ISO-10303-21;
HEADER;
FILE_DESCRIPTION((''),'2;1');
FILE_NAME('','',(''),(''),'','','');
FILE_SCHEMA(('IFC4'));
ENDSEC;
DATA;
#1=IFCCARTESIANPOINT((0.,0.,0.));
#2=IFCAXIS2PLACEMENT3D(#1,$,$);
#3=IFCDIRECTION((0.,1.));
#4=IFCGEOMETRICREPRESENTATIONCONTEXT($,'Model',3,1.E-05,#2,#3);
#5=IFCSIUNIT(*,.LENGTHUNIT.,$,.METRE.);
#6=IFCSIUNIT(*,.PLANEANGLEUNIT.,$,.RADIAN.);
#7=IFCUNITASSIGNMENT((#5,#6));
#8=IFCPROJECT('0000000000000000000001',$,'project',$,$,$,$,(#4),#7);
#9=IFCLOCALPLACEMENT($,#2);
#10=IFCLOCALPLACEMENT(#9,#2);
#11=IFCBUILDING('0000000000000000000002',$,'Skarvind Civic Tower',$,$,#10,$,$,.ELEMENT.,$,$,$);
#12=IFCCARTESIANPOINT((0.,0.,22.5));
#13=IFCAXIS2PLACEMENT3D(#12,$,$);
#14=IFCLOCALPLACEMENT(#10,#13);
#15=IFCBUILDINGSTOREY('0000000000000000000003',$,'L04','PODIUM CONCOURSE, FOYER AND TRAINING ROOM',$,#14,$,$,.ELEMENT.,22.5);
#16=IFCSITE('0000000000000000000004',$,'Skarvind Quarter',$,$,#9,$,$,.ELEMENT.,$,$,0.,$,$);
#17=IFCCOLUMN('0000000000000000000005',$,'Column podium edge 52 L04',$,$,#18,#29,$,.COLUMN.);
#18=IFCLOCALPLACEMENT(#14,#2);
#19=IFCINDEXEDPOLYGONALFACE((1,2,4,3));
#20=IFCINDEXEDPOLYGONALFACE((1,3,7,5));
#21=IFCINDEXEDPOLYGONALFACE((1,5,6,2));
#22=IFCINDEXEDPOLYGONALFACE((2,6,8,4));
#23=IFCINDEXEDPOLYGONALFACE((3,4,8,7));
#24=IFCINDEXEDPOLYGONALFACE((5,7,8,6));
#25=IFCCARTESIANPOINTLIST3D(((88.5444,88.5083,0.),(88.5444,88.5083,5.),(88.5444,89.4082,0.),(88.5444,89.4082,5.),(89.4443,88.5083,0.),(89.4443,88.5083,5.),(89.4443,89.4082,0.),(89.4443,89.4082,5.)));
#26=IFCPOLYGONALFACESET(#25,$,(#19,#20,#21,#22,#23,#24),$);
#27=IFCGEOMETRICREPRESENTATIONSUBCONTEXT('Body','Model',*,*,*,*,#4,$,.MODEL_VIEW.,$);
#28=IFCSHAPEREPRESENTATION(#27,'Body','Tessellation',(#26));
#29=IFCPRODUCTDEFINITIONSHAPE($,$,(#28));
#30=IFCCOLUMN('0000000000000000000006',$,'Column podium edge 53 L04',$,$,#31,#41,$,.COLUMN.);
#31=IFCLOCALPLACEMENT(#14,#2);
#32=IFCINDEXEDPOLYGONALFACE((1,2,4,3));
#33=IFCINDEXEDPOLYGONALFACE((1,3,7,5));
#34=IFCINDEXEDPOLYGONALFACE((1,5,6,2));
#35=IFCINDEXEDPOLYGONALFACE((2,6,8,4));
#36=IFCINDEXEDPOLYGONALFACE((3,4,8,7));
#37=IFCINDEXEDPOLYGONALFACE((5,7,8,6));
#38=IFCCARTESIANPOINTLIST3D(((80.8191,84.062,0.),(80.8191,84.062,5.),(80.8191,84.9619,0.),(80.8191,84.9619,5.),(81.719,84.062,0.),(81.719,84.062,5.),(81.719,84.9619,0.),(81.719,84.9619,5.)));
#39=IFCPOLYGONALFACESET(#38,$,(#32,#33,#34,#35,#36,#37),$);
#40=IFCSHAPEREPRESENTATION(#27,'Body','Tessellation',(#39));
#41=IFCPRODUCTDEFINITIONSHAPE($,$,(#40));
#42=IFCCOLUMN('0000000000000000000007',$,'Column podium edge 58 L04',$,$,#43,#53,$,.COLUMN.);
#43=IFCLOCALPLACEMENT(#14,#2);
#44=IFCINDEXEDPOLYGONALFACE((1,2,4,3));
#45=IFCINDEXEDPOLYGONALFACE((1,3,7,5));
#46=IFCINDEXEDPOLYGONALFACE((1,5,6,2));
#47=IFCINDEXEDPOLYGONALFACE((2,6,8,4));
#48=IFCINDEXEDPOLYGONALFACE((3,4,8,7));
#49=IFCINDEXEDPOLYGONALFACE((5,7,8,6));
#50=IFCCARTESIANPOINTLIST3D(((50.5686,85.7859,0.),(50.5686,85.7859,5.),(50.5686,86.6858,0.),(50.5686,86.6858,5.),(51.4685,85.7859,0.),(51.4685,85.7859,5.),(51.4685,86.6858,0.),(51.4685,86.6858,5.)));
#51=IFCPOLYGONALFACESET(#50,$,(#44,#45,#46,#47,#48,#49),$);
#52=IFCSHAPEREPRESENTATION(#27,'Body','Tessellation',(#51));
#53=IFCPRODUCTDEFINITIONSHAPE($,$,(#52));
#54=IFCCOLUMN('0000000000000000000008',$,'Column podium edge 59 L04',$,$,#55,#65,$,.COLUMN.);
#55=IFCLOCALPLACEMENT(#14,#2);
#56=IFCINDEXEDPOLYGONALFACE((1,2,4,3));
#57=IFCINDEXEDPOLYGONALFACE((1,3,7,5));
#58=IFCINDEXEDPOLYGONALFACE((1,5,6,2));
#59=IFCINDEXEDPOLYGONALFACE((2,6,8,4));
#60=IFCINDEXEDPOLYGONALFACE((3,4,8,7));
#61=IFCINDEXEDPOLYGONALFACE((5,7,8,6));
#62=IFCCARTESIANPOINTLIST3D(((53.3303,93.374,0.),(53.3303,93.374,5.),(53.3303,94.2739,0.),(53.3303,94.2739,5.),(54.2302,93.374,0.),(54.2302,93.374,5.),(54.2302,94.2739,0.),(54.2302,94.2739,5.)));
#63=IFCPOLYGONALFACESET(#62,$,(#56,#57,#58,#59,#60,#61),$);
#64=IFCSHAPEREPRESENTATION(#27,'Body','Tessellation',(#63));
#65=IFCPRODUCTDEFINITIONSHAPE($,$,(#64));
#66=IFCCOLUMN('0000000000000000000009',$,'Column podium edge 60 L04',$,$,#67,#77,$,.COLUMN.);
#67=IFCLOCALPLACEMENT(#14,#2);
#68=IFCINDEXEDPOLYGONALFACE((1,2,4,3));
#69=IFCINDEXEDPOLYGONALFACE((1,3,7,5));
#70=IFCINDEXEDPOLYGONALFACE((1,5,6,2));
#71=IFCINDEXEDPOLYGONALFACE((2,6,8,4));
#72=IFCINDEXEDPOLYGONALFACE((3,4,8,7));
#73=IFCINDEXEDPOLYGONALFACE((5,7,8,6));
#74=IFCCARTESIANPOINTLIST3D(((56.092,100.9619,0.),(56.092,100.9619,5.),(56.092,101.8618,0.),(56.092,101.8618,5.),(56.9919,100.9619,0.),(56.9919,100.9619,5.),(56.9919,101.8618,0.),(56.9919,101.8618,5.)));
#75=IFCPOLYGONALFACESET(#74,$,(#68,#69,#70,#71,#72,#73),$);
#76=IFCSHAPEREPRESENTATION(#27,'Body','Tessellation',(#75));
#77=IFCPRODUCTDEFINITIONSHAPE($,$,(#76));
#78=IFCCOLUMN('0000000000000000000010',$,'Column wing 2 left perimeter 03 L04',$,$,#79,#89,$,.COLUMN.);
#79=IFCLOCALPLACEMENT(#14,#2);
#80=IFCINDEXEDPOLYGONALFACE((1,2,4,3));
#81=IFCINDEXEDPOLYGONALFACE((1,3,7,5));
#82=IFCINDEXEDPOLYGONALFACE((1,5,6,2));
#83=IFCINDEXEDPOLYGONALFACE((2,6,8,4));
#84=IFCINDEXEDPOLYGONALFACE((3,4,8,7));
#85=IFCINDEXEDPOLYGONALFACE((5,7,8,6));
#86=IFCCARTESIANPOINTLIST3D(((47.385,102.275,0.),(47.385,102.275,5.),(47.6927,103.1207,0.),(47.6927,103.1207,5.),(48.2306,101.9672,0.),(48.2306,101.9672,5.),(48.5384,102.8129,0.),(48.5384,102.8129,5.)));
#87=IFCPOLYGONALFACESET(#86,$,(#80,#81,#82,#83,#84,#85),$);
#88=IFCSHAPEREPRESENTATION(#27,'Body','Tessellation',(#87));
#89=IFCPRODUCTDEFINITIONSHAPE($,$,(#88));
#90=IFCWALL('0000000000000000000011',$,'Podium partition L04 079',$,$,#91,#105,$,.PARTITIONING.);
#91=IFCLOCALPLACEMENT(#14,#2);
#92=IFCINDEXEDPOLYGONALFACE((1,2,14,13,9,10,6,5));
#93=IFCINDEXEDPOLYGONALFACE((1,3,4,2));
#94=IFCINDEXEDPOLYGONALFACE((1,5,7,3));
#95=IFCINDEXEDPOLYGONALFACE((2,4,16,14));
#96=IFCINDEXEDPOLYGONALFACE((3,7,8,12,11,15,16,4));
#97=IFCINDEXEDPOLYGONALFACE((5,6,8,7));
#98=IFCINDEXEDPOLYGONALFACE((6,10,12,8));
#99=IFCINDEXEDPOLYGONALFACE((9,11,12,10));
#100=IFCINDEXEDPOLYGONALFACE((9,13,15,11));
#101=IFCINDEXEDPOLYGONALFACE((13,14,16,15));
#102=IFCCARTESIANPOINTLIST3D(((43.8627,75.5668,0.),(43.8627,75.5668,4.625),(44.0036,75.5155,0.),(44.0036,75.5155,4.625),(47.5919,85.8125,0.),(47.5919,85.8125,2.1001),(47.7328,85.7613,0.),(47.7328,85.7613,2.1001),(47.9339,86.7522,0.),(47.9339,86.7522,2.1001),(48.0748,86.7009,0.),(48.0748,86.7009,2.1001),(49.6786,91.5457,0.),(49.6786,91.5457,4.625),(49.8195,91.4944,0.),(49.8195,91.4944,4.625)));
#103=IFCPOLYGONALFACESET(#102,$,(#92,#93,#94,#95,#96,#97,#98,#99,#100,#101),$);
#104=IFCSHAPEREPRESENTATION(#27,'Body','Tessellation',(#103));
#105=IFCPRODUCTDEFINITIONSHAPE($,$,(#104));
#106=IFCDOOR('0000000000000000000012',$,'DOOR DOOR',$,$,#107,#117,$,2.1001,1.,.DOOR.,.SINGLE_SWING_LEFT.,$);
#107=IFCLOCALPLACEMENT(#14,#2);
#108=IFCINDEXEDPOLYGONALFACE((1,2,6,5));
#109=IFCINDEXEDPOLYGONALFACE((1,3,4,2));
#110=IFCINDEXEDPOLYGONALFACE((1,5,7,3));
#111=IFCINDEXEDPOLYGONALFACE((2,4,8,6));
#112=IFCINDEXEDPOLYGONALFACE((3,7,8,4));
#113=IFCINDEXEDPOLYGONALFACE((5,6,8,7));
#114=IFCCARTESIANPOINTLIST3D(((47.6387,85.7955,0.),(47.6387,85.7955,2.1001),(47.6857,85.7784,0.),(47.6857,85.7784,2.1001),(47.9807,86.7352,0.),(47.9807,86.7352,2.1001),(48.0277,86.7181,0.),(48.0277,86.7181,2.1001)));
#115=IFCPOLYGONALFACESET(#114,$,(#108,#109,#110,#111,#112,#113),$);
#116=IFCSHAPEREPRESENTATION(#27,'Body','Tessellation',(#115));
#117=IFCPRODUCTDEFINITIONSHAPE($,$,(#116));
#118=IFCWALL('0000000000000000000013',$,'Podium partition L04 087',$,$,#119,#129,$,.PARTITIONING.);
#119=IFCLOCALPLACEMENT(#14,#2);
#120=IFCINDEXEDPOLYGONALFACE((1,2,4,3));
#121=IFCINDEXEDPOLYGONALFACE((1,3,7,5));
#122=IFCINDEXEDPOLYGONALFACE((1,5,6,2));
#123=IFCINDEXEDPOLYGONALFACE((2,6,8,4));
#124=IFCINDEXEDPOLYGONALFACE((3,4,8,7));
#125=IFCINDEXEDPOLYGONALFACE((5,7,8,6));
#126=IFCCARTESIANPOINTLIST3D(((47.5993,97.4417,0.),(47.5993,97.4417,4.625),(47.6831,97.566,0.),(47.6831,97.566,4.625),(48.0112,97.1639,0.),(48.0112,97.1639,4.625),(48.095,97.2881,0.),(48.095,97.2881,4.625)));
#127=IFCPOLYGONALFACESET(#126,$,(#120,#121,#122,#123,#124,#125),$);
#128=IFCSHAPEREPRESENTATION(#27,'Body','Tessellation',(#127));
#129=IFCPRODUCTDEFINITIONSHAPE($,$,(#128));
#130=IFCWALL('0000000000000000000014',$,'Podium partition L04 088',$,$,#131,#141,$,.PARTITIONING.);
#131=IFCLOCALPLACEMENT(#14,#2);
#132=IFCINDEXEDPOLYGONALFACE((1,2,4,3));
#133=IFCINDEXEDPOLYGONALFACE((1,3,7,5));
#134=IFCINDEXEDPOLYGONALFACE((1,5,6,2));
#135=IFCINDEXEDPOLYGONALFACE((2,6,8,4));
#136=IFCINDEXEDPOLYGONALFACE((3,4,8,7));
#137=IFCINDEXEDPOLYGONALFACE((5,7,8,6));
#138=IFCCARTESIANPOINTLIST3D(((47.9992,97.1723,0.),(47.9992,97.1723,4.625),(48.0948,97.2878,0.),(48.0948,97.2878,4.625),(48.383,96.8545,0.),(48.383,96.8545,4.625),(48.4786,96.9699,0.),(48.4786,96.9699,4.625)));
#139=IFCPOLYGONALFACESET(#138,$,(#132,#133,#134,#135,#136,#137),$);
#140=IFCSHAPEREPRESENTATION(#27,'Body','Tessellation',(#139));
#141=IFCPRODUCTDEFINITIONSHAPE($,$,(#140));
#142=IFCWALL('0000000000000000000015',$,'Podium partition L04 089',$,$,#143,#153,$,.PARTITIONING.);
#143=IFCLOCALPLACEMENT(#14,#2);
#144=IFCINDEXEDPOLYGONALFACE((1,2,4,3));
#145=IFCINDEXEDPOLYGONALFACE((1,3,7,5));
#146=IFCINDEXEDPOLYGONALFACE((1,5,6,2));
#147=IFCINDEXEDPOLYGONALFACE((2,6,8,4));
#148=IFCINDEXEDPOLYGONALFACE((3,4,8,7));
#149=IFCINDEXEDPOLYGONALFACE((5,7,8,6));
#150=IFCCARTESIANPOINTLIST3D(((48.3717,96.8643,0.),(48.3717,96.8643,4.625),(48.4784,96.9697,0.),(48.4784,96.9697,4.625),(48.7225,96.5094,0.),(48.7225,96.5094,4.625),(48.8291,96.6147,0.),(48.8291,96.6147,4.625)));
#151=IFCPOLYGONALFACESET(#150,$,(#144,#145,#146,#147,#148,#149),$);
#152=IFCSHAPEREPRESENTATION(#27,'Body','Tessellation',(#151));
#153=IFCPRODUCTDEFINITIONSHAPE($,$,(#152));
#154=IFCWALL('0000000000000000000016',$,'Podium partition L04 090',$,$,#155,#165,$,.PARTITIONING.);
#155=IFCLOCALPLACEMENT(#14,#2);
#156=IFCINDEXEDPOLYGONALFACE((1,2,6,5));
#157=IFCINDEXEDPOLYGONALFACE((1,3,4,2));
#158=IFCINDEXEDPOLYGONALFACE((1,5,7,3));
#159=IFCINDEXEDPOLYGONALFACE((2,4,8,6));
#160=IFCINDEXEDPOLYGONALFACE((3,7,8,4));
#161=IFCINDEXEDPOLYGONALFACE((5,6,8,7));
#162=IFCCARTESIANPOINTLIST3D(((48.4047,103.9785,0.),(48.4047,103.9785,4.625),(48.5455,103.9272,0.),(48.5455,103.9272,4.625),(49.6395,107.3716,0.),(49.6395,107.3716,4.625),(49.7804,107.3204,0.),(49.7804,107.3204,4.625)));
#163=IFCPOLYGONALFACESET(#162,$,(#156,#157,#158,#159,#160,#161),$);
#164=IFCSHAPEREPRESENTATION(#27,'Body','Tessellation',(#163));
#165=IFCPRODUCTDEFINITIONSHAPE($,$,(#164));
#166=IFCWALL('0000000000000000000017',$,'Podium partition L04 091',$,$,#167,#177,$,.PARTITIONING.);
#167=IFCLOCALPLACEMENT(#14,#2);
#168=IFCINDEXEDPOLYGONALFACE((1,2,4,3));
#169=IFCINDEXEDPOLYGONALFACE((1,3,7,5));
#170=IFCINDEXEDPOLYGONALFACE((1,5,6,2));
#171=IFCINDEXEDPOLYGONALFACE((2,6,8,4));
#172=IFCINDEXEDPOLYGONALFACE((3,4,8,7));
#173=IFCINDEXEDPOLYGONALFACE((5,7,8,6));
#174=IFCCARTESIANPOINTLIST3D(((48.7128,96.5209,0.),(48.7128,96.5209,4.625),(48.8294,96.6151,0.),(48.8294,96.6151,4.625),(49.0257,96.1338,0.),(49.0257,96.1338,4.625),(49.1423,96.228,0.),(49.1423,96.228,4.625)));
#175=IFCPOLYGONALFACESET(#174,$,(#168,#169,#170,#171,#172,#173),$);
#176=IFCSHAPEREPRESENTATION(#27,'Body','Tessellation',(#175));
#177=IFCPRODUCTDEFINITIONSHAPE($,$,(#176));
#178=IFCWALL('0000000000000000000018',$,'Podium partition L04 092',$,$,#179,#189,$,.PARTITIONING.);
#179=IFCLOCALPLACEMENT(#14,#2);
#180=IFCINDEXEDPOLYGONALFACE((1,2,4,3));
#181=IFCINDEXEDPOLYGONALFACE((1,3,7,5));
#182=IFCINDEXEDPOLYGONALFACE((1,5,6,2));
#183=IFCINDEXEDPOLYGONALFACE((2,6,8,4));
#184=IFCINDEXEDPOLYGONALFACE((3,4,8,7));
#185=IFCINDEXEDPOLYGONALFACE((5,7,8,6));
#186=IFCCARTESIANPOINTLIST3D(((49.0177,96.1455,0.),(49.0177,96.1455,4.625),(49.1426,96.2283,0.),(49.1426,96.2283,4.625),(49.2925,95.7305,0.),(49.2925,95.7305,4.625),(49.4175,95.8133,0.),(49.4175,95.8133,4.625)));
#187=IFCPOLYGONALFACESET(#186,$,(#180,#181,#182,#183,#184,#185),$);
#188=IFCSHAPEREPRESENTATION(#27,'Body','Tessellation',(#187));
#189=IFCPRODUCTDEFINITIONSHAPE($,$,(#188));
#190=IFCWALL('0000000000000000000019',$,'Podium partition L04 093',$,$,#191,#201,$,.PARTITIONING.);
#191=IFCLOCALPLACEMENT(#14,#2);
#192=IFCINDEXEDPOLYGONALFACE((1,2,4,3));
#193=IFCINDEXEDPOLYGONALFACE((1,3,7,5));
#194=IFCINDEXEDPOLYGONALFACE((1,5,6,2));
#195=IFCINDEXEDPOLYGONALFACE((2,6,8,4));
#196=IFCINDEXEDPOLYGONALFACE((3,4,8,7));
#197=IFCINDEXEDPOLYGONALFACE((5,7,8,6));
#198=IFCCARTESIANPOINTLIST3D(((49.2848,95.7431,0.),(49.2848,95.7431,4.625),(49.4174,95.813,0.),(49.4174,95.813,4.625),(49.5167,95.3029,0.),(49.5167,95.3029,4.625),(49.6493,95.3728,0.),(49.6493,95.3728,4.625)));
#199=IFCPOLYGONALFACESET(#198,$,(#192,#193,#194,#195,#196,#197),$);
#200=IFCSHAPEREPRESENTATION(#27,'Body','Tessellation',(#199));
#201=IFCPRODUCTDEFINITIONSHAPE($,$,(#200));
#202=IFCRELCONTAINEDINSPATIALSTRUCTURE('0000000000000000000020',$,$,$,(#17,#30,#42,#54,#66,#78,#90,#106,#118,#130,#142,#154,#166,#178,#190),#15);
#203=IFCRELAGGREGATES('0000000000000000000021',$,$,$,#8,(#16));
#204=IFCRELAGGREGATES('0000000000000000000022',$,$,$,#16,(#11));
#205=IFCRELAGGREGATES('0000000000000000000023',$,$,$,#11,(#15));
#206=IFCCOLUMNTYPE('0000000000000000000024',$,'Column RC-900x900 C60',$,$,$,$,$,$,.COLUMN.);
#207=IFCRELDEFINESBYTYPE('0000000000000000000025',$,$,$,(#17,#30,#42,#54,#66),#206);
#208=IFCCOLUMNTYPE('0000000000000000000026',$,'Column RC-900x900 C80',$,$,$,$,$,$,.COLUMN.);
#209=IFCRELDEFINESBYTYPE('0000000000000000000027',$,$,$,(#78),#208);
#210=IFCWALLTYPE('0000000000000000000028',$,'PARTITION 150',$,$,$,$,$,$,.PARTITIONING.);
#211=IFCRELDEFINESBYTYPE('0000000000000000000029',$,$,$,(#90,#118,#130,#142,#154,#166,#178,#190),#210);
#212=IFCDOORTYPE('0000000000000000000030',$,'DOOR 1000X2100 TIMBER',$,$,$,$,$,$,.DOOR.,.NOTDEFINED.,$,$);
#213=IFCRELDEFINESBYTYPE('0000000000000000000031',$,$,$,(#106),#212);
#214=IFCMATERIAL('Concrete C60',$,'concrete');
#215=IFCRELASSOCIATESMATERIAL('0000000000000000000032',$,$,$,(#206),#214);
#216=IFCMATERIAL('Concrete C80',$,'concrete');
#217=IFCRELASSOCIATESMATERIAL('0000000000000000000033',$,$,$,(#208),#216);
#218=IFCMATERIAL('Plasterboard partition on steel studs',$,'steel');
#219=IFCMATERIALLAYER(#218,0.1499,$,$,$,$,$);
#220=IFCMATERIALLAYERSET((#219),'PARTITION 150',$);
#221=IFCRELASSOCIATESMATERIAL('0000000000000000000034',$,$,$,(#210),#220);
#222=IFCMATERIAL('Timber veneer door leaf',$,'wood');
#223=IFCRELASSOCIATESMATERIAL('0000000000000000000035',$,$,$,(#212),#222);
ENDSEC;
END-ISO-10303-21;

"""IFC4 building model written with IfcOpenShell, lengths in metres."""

from ifc_helpers import new_model, si_unit, direction, frame, frame_2d, origin, origin_2d, place, context, subcontext, project, spatial, rectangle, extrude, material, layer, layer_set, material_profile, profile_set, type_object, element, fill, save


model = new_model("IFC4")

# Units and contexts
model_context = context("Model", 3, precision=1e-05, world=origin(), true_north=direction((0.0, 1.0)))
body_context = subcontext(model_context, "Body", "Model", "MODEL_VIEW")
ifc_project = project(units=[si_unit("LENGTHUNIT", "METRE"), si_unit("PLANEANGLEUNIT", "RADIAN")], contexts=[model_context])

# Site, building, storey
site_placement = place(None, origin())
site = spatial("IfcSite", under=ifc_project, at=site_placement, Name="Skarvind Quarter", CompositionType="ELEMENT", RefElevation=0.0)
building_placement = place(site_placement, origin())
building = spatial("IfcBuilding", under=site, at=building_placement, Name="Skarvind Civic Tower", CompositionType="ELEMENT")
storey_placement = place(building_placement, frame((0.0, 0.0, 22.5)))
storey = spatial("IfcBuildingStorey", under=building, at=storey_placement, Name="L04", Description="PODIUM CONCOURSE, FOYER AND TRAINING ROOM", CompositionType="ELEMENT", Elevation=22.5)

# Columns
ifc_material_1 = material(Name="Concrete C60", Category="concrete")
ifc_material_profile_1 = material_profile(ifc_material_1, rectangle(XDim=0.8999, YDim=0.8999, at=origin_2d()), Name="RC-900x900")
ifc_profile_set_1 = profile_set([ifc_material_profile_1], Name="Concrete C60")
column_type_1 = type_object("IfcColumnType", Name="Column RC-900x900 C60", PredefinedType="COLUMN", material=ifc_profile_set_1)
for number, where, z_axis, x_axis, name in (
    (1, (88.9944, 88.9583, 0.0), (0.0, 0.0, 1.0), (1.0, 0.0, 0.0), "Column podium edge 52 L04"),
    (2, (81.269, 84.512, 0.0), (0.0, 0.0, 1.0), (1.0, 0.0, 0.0), "Column podium edge 53 L04"),
    (3, (51.0186, 86.2358, 0.0), (0.0, 0.0, 1.0), (1.0, 0.0, 0.0), "Column podium edge 58 L04"),
    (4, (53.7803, 93.824, 0.0), (0.0, 0.0, 1.0), (1.0, 0.0, 0.0), "Column podium edge 59 L04"),
    (5, (56.542, 101.4119, 0.0), (0.0, 0.0, 1.0), (1.0, 0.0, 0.0), "Column podium edge 60 L04"),
):
    element("IfcColumn", number, at=place(storey_placement, frame(where, z_axis=z_axis, x_axis=x_axis)), inside=storey, type_object=column_type_1, Name=name, PredefinedType="COLUMN", context=body_context, shape_type="SweptSolid", body=[
        extrude(rectangle(XDim=0.8999, YDim=0.8999, at=origin_2d()), origin(), (0.0, 0.0, 1.0), 5.0),
    ])
ifc_material_2 = material(Name="Concrete C80", Category="concrete")
ifc_material_profile_2 = material_profile(ifc_material_2, rectangle(XDim=0.8999, YDim=0.8999, at=origin_2d()), Name="RC-900x900")
ifc_profile_set_2 = profile_set([ifc_material_profile_2], Name="Concrete C80")
column_type_2 = type_object("IfcColumnType", Name="Column RC-900x900 C80", PredefinedType="COLUMN", material=ifc_profile_set_2)
column_placement = place(storey_placement, frame((47.9617, 102.5439, 0.0), z_axis=(0.0, 0.0, 1.0), x_axis=(-0.34202, -0.939693, 0.0)))
element("IfcColumn", 6, at=column_placement, inside=storey, type_object=column_type_2, Name="Column wing 2 left perimeter 03 L04", PredefinedType="COLUMN", context=body_context, shape_type="SweptSolid", body=[
    extrude(rectangle(XDim=0.8999, YDim=0.8999, at=origin_2d()), origin(), (0.0, 0.0, 1.0), 5.0),
])

# Wall, opening, door
ifc_material_3 = material(Name="Plasterboard partition on steel studs", Category="steel")
ifc_layer = layer(ifc_material_3, 0.1499)
ifc_layer_set = layer_set([ifc_layer], Name="PARTITION 150")
wall_type = type_object("IfcWallType", Name="PARTITION 150", PredefinedType="PARTITIONING", material=ifc_layer_set)
wall_1_placement = place(storey_placement, frame((49.749, 91.52, 0.0), z_axis=(0.0, 0.0, 1.0), x_axis=(-0.342022, -0.939692, 0.0)))
wall_1 = element("IfcWall", 7, at=wall_1_placement, inside=storey, type_object=wall_type, Name="Podium partition L04 079", PredefinedType="PARTITIONING", context=body_context, shape_type="SweptSolid", body=[
    extrude(rectangle(XDim=17.0044, YDim=0.1499, at=frame_2d((8.5022, 0.0))), origin(), (0.0, 0.0, 1.0), 4.625),
])
opening_placement = place(wall_1_placement, frame((5.1011, 0.0, 0.0)))
opening = element("IfcOpeningElement", 8, at=opening_placement, cuts=wall_1, PredefinedType="OPENING", context=body_context, shape_type="SweptSolid", body=[
    extrude(rectangle(XDim=1.0, YDim=2.1001, at=frame_2d((0.5, 1.05))), frame((0.0, 0.085, 0.0), z_axis=(0.0, -1.0, 0.0), x_axis=(1.0, 0.0, 0.0)), (0.0, 0.0, 1.0), 0.1699),
])
ifc_material_4 = material(Name="Timber veneer door leaf", Category="wood")
door_type = type_object("IfcDoorType", Name="DOOR 1000X2100 TIMBER", OperationType="NOTDEFINED", PredefinedType="DOOR", material=ifc_material_4)
door_placement = place(opening_placement, origin())
door = element("IfcDoor", 9, at=door_placement, inside=storey, type_object=door_type, Name="DOOR DOOR", OperationType="SINGLE_SWING_LEFT", OverallHeight=2.1001, OverallWidth=1.0, PredefinedType="DOOR", context=body_context, shape_type="SweptSolid", body=[
    extrude(rectangle(XDim=1.0, YDim=2.1001, at=frame_2d((0.5, 1.05))), frame((0.0, 0.0249, 0.0), z_axis=(0.0, -1.0, 0.0), x_axis=(1.0, 0.0, 0.0)), (0.0, 0.0, 1.0), 0.05),
])
fill(opening, door)

# Walls
wall_2_placement = place(storey_placement, frame((47.6411, 97.5039, 0.0), z_axis=(0.0, 0.0, 1.0), x_axis=(0.829014, -0.559228, 0.0)))
element("IfcWall", 10, at=wall_2_placement, inside=storey, type_object=wall_type, Name="Podium partition L04 087", PredefinedType="PARTITIONING", context=body_context, shape_type="SweptSolid", body=[
    extrude(rectangle(XDim=0.4968, YDim=0.1499, at=frame_2d((0.2485, 0.0))), origin(), (0.0, 0.0, 1.0), 4.625),
])
wall_3_placement = place(storey_placement, frame((48.0471, 97.23, 0.0), z_axis=(0.0, 0.0, 1.0), x_axis=(0.770145, -0.637868, 0.0)))
element("IfcWall", 11, at=wall_3_placement, inside=storey, type_object=wall_type, Name="Podium partition L04 088", PredefinedType="PARTITIONING", context=body_context, shape_type="SweptSolid", body=[
    extrude(rectangle(XDim=0.4983, YDim=0.1499, at=frame_2d((0.249, 0.0))), origin(), (0.0, 0.0, 1.0), 4.625),
])
wall_4_placement = place(storey_placement, frame((48.425, 96.917, 0.0), z_axis=(0.0, 0.0, 1.0), x_axis=(0.702937, -0.711252, 0.0)))
element("IfcWall", 12, at=wall_4_placement, inside=storey, type_object=wall_type, Name="Podium partition L04 089", PredefinedType="PARTITIONING", context=body_context, shape_type="SweptSolid", body=[
    extrude(rectangle(XDim=0.499, YDim=0.1499, at=frame_2d((0.2495, 0.0))), origin(), (0.0, 0.0, 1.0), 4.625),
])
wall_5_placement = place(storey_placement, frame((48.4751, 103.9529, 0.0), z_axis=(0.0, 0.0, 1.0), x_axis=(0.341993, 0.939703, 0.0)))
element("IfcWall", 13, at=wall_5_placement, inside=storey, type_object=wall_type, Name="Podium partition L04 090", PredefinedType="PARTITIONING", context=body_context, shape_type="SweptSolid", body=[
    extrude(rectangle(XDim=3.6108, YDim=0.1499, at=frame_2d((1.8054, 0.0))), origin(), (0.0, 0.0, 1.0), 4.625),
])
for number, where, z_axis, x_axis, name in (
    (14, (48.771, 96.5681, 0.0), (0.0, 0.0, 1.0), (0.628634, -0.777701, 0.0), "Podium partition L04 091"),
    (15, (49.0801, 96.187, 0.0), (0.0, 0.0, 1.0), (0.552208, -0.833706, 0.0), "Podium partition L04 092"),
):
    element("IfcWall", number, at=place(storey_placement, frame(where, z_axis=z_axis, x_axis=x_axis)), inside=storey, type_object=wall_type, Name=name, PredefinedType="PARTITIONING", context=body_context, shape_type="SweptSolid", body=[
        extrude(rectangle(XDim=0.4978, YDim=0.1499, at=frame_2d((0.249, 0.0))), origin(), (0.0, 0.0, 1.0), 4.625),
    ])
wall_6_placement = place(storey_placement, frame((49.3511, 95.7781, 0.0), z_axis=(0.0, 0.0, 1.0), x_axis=(0.466151, -0.884705, 0.0)))
element("IfcWall", 16, at=wall_6_placement, inside=storey, type_object=wall_type, Name="Podium partition L04 093", PredefinedType="PARTITIONING", context=body_context, shape_type="SweptSolid", body=[
    extrude(rectangle(XDim=0.4976, YDim=0.1499, at=frame_2d((0.2488, 0.0))), origin(), (0.0, 0.0, 1.0), 4.625),
])

save(model, "model.ifc")
